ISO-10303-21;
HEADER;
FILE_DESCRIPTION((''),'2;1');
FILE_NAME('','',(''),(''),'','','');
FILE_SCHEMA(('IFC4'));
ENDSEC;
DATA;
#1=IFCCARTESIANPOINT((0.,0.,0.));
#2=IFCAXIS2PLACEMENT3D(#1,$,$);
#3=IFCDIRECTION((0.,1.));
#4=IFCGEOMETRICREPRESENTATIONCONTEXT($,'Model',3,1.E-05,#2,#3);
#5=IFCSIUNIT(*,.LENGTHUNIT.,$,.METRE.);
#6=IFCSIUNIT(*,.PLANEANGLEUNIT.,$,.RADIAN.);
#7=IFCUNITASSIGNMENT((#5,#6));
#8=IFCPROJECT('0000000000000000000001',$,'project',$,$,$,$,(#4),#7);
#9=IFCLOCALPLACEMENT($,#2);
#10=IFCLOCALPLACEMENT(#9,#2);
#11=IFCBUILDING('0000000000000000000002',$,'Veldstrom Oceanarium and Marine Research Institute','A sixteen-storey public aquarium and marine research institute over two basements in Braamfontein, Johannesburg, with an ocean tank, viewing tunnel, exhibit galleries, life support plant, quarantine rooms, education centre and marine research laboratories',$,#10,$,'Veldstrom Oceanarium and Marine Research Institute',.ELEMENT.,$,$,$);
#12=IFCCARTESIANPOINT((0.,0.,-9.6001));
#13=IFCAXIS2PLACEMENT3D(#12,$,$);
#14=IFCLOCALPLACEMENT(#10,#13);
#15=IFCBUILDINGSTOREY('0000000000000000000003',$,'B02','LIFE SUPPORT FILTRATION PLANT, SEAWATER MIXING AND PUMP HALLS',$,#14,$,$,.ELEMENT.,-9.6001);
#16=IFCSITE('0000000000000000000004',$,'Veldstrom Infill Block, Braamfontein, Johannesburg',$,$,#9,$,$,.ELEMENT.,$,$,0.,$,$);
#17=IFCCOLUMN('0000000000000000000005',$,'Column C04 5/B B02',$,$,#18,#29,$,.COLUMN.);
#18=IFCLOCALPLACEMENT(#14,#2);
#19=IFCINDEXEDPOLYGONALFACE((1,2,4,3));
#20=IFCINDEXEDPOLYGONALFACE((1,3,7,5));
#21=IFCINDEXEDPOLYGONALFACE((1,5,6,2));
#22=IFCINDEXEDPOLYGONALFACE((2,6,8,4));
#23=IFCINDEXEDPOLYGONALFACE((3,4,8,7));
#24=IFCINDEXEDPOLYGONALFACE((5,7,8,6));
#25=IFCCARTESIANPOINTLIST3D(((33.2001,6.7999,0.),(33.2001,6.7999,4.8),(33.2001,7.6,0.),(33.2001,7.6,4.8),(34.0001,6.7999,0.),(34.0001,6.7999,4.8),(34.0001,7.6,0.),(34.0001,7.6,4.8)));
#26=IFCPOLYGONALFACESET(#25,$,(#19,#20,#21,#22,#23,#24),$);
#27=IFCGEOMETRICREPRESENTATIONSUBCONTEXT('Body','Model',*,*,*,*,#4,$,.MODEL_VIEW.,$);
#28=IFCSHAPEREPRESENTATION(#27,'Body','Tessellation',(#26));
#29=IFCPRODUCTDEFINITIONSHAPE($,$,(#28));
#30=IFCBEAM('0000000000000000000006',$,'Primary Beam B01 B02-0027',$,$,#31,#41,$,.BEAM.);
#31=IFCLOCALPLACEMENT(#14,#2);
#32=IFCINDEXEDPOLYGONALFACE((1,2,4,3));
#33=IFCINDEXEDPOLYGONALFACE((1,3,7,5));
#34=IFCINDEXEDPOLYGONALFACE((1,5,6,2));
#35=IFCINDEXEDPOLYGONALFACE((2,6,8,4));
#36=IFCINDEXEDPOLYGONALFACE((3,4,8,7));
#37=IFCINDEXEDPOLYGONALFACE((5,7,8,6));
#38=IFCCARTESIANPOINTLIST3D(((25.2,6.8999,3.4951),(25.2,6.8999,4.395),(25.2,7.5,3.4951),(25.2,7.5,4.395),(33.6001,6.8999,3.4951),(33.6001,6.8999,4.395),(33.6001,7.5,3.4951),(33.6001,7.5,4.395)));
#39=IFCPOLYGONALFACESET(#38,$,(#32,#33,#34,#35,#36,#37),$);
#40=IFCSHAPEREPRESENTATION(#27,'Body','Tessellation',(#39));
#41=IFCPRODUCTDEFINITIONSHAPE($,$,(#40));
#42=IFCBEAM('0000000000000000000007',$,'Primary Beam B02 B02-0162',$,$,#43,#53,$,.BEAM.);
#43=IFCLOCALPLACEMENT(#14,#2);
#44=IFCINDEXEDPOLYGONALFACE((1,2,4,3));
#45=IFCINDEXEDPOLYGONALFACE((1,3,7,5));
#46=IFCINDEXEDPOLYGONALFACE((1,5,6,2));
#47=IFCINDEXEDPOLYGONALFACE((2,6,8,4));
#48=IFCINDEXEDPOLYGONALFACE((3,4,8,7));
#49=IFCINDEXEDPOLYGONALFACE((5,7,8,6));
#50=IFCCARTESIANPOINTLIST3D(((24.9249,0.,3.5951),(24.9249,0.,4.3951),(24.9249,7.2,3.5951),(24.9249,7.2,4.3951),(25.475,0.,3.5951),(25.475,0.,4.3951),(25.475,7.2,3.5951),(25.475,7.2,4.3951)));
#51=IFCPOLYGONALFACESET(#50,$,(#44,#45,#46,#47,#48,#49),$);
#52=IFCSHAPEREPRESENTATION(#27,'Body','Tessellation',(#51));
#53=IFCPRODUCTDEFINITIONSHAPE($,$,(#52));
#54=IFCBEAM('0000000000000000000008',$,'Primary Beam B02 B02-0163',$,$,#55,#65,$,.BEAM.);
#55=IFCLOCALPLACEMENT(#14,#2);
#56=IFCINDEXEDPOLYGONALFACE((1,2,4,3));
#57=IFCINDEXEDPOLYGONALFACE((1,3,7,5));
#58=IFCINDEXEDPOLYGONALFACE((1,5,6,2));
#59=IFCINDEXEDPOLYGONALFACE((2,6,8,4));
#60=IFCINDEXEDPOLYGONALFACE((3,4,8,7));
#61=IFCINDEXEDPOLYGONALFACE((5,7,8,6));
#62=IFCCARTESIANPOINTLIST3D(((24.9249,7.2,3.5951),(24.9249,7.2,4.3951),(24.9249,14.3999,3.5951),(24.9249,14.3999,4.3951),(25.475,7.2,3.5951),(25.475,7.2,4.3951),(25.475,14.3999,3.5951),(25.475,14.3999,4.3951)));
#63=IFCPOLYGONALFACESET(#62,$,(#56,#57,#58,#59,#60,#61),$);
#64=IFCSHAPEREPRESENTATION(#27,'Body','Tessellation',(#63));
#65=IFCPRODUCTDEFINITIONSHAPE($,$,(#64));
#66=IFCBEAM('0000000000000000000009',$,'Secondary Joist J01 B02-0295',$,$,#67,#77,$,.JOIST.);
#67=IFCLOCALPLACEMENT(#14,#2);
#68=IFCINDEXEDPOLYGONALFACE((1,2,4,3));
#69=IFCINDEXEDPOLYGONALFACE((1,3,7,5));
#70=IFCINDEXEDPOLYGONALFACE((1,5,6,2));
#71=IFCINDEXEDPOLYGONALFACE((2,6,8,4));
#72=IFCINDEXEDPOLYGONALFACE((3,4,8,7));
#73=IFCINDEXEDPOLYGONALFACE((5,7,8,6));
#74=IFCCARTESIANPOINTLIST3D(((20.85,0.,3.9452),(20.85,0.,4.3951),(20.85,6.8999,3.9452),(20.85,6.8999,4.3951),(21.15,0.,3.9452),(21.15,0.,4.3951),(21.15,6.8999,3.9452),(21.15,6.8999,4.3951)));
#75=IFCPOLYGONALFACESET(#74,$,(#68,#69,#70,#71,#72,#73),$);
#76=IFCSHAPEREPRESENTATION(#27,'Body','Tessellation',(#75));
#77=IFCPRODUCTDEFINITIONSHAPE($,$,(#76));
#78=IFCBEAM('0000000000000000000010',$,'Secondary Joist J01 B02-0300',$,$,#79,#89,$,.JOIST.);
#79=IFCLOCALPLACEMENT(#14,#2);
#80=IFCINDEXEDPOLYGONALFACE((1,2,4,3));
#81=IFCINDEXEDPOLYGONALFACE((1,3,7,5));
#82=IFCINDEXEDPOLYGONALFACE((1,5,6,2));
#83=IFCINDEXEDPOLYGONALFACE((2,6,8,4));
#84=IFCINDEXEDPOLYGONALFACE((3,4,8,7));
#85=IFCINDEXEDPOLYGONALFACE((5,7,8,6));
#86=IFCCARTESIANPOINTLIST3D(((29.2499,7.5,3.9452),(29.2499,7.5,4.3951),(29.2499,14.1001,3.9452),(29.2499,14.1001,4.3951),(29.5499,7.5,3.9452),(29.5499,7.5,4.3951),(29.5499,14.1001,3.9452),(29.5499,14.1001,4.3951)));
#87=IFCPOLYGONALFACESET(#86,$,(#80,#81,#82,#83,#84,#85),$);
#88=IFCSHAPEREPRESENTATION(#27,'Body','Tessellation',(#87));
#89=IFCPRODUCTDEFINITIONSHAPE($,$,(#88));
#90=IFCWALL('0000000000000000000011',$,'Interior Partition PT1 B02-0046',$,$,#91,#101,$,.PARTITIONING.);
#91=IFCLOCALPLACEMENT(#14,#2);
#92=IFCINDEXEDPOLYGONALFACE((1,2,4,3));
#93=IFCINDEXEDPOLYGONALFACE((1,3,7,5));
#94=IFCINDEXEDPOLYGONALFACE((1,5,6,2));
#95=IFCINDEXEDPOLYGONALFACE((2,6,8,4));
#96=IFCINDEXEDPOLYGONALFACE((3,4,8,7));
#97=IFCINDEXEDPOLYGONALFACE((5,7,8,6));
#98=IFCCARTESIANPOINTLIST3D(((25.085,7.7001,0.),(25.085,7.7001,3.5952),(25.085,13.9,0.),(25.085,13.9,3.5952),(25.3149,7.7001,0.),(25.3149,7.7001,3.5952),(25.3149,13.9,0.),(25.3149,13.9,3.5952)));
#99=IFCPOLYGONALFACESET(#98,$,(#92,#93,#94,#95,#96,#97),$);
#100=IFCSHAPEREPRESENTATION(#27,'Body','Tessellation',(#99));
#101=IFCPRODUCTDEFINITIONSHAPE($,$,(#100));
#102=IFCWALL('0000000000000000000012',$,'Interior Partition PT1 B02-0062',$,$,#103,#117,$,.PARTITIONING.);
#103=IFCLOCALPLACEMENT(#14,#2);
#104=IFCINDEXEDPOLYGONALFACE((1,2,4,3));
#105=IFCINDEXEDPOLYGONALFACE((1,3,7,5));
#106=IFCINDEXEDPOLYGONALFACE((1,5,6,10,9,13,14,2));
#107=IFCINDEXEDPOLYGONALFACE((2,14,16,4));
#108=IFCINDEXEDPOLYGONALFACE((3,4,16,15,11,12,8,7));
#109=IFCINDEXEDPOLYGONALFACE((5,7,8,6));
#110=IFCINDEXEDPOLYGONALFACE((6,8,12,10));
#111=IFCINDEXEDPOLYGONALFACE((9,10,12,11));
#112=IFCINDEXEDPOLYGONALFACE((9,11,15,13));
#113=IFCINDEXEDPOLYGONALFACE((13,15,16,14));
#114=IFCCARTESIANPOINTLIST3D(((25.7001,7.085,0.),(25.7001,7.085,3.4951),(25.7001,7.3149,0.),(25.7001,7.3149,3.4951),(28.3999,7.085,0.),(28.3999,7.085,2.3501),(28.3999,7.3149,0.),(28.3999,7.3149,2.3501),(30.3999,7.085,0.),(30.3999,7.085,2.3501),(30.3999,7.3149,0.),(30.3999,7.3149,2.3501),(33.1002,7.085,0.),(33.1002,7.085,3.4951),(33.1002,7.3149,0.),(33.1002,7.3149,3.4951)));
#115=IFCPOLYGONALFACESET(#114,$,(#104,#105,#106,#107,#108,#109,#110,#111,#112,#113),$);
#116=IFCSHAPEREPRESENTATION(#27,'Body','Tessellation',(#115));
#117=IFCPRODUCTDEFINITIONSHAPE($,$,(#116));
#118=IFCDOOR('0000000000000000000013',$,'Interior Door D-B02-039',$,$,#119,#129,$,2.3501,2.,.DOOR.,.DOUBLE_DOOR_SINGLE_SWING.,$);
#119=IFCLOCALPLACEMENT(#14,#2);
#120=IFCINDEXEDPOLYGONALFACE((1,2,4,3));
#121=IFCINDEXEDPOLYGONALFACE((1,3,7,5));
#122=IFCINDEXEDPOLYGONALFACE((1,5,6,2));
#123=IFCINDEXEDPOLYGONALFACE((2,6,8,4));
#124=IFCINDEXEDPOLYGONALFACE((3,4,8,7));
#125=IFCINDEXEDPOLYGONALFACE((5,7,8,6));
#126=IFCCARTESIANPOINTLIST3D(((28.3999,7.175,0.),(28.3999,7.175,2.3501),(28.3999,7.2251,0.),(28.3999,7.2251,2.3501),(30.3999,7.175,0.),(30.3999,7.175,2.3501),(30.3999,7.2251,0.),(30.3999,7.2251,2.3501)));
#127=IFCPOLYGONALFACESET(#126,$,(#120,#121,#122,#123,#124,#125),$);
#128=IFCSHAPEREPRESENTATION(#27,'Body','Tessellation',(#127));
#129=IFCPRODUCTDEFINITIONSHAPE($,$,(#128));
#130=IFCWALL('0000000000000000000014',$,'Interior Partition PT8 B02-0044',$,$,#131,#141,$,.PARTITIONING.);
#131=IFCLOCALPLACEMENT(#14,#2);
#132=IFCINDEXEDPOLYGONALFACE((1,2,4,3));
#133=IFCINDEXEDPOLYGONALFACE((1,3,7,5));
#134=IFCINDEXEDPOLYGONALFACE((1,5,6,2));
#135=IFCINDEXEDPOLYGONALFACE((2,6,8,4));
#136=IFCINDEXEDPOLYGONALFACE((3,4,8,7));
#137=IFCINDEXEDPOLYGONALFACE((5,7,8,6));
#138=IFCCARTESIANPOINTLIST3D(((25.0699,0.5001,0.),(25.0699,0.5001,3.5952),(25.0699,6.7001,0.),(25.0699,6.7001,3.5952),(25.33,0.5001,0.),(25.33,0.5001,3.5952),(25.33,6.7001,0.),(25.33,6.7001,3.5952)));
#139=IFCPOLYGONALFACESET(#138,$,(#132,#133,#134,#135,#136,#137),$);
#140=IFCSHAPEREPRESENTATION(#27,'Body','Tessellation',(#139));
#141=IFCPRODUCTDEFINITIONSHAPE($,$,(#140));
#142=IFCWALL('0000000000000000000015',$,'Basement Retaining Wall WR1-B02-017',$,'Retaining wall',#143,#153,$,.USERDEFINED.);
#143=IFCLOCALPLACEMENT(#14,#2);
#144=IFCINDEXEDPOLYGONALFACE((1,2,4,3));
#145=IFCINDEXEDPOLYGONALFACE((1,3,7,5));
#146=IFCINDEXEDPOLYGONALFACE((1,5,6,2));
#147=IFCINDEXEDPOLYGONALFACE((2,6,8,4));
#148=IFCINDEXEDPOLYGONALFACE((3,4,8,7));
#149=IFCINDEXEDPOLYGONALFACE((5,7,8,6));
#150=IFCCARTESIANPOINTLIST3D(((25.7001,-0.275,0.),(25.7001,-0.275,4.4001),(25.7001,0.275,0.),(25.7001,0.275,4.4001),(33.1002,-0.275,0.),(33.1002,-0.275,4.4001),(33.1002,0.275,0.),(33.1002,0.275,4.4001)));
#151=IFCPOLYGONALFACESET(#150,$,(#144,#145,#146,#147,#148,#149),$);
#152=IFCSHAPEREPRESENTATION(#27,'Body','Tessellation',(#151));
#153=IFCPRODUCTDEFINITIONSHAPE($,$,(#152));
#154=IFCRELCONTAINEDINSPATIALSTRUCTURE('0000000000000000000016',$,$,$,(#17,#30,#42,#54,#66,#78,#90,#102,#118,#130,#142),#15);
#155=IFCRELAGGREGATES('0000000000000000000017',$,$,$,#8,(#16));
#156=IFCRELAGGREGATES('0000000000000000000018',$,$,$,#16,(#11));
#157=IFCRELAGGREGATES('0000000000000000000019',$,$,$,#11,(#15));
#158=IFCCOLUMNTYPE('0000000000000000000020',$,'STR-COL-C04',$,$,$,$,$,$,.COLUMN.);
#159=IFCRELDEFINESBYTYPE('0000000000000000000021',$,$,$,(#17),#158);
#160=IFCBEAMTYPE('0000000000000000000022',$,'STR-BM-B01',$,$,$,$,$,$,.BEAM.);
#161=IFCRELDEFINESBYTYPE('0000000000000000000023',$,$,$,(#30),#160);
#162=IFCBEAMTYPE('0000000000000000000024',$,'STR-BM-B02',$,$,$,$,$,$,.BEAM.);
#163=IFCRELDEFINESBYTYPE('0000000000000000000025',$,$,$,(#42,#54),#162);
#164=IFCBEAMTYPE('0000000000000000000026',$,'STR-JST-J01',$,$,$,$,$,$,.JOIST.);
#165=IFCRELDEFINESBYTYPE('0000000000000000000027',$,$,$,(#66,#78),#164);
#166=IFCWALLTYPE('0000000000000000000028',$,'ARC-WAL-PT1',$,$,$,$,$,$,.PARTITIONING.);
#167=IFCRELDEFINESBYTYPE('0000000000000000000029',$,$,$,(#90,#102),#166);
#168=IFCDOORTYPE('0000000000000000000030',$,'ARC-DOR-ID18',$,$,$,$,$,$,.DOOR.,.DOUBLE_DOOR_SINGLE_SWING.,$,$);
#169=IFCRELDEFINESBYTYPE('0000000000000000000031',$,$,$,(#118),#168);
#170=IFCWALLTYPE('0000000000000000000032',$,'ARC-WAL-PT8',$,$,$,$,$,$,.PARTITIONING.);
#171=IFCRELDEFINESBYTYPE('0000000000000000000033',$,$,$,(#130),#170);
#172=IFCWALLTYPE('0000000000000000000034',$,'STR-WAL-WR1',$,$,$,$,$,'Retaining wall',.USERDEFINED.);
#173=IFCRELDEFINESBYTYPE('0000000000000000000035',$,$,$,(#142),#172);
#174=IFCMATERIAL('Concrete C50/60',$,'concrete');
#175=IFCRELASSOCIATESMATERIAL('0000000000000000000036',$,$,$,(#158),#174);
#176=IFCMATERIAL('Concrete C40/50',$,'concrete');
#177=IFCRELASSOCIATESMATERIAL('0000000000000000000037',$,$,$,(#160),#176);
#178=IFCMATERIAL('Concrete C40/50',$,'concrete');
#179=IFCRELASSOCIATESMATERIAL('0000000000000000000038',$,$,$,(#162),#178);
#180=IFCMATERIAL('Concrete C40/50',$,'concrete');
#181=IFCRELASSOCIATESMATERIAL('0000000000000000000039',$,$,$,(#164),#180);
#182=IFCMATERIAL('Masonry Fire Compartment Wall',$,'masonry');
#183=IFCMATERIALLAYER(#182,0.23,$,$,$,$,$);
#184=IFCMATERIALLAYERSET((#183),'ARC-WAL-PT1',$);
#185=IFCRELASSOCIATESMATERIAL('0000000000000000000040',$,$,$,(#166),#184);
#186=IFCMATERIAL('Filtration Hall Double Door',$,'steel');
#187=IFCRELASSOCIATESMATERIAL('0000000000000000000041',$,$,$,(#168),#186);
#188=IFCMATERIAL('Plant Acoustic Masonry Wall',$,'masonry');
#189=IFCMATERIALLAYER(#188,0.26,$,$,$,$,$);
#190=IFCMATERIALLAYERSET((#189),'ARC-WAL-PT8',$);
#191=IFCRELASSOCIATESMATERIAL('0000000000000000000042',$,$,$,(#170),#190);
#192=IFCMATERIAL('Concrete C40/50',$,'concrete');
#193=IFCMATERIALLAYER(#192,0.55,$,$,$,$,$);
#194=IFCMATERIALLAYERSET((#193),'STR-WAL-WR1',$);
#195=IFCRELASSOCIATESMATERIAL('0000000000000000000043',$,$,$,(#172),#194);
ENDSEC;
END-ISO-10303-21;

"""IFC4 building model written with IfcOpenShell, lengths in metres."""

from ifc_helpers import new_model, si_unit, direction, frame, frame_2d, origin, origin_2d, place, context, subcontext, project, spatial, rectangle, extrude, material, layer, layer_set, material_profile, profile_set, type_object, element, fill, save


model = new_model("IFC4")

# Units and contexts
model_context = context("Model", 3, precision=1e-05, world=origin(), true_north=direction((0.0, 1.0)))
body_context = subcontext(model_context, "Body", "Model", "MODEL_VIEW")
ifc_project = project(units=[si_unit("LENGTHUNIT", "METRE"), si_unit("PLANEANGLEUNIT", "RADIAN")], contexts=[model_context])

# Site, building, storey
site_placement = place(None, origin())
site = spatial("IfcSite", under=ifc_project, at=site_placement, Name="Veldstrom Infill Block, Braamfontein, Johannesburg", CompositionType="ELEMENT", RefElevation=0.0)
building_placement = place(site_placement, origin())
building = spatial("IfcBuilding", under=site, at=building_placement, Name="Veldstrom Oceanarium and Marine Research Institute", Description="A sixteen-storey public aquarium and marine research institute over two basements in Braamfontein, Johannesburg, with an ocean tank, viewing tunnel, exhibit galleries, life support plant, quarantine rooms, education centre and marine research laboratories", LongName="Veldstrom Oceanarium and Marine Research Institute", CompositionType="ELEMENT")
storey_placement = place(building_placement, frame((0.0, 0.0, -9.6001)))
storey = spatial("IfcBuildingStorey", under=building, at=storey_placement, Name="B02", Description="LIFE SUPPORT FILTRATION PLANT, SEAWATER MIXING AND PUMP HALLS", CompositionType="ELEMENT", Elevation=-9.6001)

# Column
ifc_material_1 = material(Name="Concrete C50/60", Category="concrete")
ifc_material_profile_1 = material_profile(ifc_material_1, rectangle(XDim=0.8, YDim=0.8, at=origin_2d()), Name="RC-COL-800x800")
ifc_profile_set_1 = profile_set([ifc_material_profile_1], Name="Concrete C50/60")
column_type = type_object("IfcColumnType", Name="STR-COL-C04", PredefinedType="COLUMN", material=ifc_profile_set_1)
for number, where, z_axis, x_axis, name in (
    (1, (33.6001, 7.2, 0.0), (0.0, 0.0, 1.0), (1.0, 0.0, 0.0), "Column C04 5/B B02"),
):
    element("IfcColumn", number, at=place(storey_placement, frame(where, z_axis=z_axis, x_axis=x_axis)), inside=storey, type_object=column_type, Name=name, PredefinedType="COLUMN", context=body_context, shape_type="SweptSolid", body=[
        extrude(rectangle(XDim=0.8, YDim=0.8, at=origin_2d()), origin(), (0.0, 0.0, 1.0), 4.8),
    ])

# Beams
ifc_material_2 = material(Name="Concrete C40/50", Category="concrete")
ifc_material_profile_2 = material_profile(ifc_material_2, rectangle(XDim=0.6001, YDim=0.8999, at=origin_2d()), Name="RC-BM-600x900")
ifc_profile_set_2 = profile_set([ifc_material_profile_2], Name="Concrete C40/50")
beam_type_1 = type_object("IfcBeamType", Name="STR-BM-B01", PredefinedType="BEAM", material=ifc_profile_set_2)
beam_1_placement = place(storey_placement, frame((25.2, 7.2, 3.9451), z_axis=(1.0, 0.0, 0.0), x_axis=(0.0, 1.0, 0.0)))
element("IfcBeam", 2, at=beam_1_placement, inside=storey, type_object=beam_type_1, Name="Primary Beam B01 B02-0027", PredefinedType="BEAM", context=body_context, shape_type="SweptSolid", body=[
    extrude(rectangle(XDim=0.6001, YDim=0.8999, at=origin_2d()), origin(), (0.0, 0.0, 1.0), 8.4001),
])
ifc_material_3 = material(Name="Concrete C40/50", Category="concrete")
ifc_material_profile_3 = material_profile(ifc_material_3, rectangle(XDim=0.55, YDim=0.8, at=origin_2d()), Name="RC-BM-550x800")
ifc_profile_set_3 = profile_set([ifc_material_profile_3], Name="Concrete C40/50")
beam_type_2 = type_object("IfcBeamType", Name="STR-BM-B02", PredefinedType="BEAM", material=ifc_profile_set_3)
for number, where, z_axis, x_axis, name in (
    (3, (25.2, 0.0, 3.9951), (0.0, 1.0, 0.0), (-1.0, 0.0, 0.0), "Primary Beam B02 B02-0162"),
    (4, (25.2, 7.2, 3.9951), (0.0, 1.0, 0.0), (-1.0, 0.0, 0.0), "Primary Beam B02 B02-0163"),
):
    element("IfcBeam", number, at=place(storey_placement, frame(where, z_axis=z_axis, x_axis=x_axis)), inside=storey, type_object=beam_type_2, Name=name, PredefinedType="BEAM", context=body_context, shape_type="SweptSolid", body=[
        extrude(rectangle(XDim=0.55, YDim=0.8, at=origin_2d()), origin(), (0.0, 0.0, 1.0), 7.2),
    ])
ifc_material_4 = material(Name="Concrete C40/50", Category="concrete")
ifc_material_profile_4 = material_profile(ifc_material_4, rectangle(XDim=0.3, YDim=0.45, at=origin_2d()), Name="RC-JST-300x450")
ifc_profile_set_4 = profile_set([ifc_material_profile_4], Name="Concrete C40/50")
beam_type_3 = type_object("IfcBeamType", Name="STR-JST-J01", PredefinedType="JOIST", material=ifc_profile_set_4)
beam_2_placement = place(storey_placement, frame((21.0, 0.0, 4.1702), z_axis=(0.0, 1.0, 0.0), x_axis=(-1.0, 0.0, 0.0)))
element("IfcBeam", 5, at=beam_2_placement, inside=storey, type_object=beam_type_3, Name="Secondary Joist J01 B02-0295", PredefinedType="JOIST", context=body_context, shape_type="SweptSolid", body=[
    extrude(rectangle(XDim=0.3, YDim=0.45, at=origin_2d()), origin(), (0.0, 0.0, 1.0), 6.8999),
])
beam_3_placement = place(storey_placement, frame((29.3999, 7.5, 4.1702), z_axis=(0.0, 1.0, 0.0), x_axis=(-1.0, 0.0, 0.0)))
element("IfcBeam", 6, at=beam_3_placement, inside=storey, type_object=beam_type_3, Name="Secondary Joist J01 B02-0300", PredefinedType="JOIST", context=body_context, shape_type="SweptSolid", body=[
    extrude(rectangle(XDim=0.3, YDim=0.45, at=origin_2d()), origin(), (0.0, 0.0, 1.0), 6.6001),
])

# Wall
ifc_material_5 = material(Name="Masonry Fire Compartment Wall", Category="masonry")
ifc_layer_1 = layer(ifc_material_5, 0.23)
ifc_layer_set_1 = layer_set([ifc_layer_1], Name="ARC-WAL-PT1")
wall_type_1 = type_object("IfcWallType", Name="ARC-WAL-PT1", PredefinedType="PARTITIONING", material=ifc_layer_set_1)
wall_1_placement = place(storey_placement, frame((25.2, 7.7, 0.0), z_axis=(0.0, 0.0, 1.0), x_axis=(0.0, 1.0, 0.0)))
element("IfcWall", 7, at=wall_1_placement, inside=storey, type_object=wall_type_1, Name="Interior Partition PT1 B02-0046", PredefinedType="PARTITIONING", context=body_context, shape_type="SweptSolid", body=[
    extrude(rectangle(XDim=6.2, YDim=0.23, at=frame_2d((3.1001, 0.0))), origin(), (0.0, 0.0, 1.0), 3.5952),
])

# Wall, opening, door
wall_2_placement = place(storey_placement, frame((25.7, 7.2, 0.0), z_axis=(0.0, 0.0, 1.0), x_axis=(1.0, 0.0, 0.0)))
wall_2 = element("IfcWall", 8, at=wall_2_placement, inside=storey, type_object=wall_type_1, Name="Interior Partition PT1 B02-0062", PredefinedType="PARTITIONING", context=body_context, shape_type="SweptSolid", body=[
    extrude(rectangle(XDim=7.4001, YDim=0.23, at=frame_2d((3.7002, 0.0))), origin(), (0.0, 0.0, 1.0), 3.4951),
])
opening_placement = place(wall_2_placement, frame((2.7, 0.0, 0.0)))
opening = element("IfcOpeningElement", 9, at=opening_placement, cuts=wall_2, PredefinedType="OPENING", context=body_context, shape_type="SweptSolid", body=[
    extrude(rectangle(XDim=2.0, YDim=2.3501, at=frame_2d((1.0, 1.175))), frame((0.0, 0.125, 0.0), z_axis=(0.0, -1.0, 0.0), x_axis=(1.0, 0.0, 0.0)), (0.0, 0.0, 1.0), 0.25),
])
ifc_material_6 = material(Name="Filtration Hall Double Door", Category="steel")
door_type = type_object("IfcDoorType", Name="ARC-DOR-ID18", OperationType="DOUBLE_DOOR_SINGLE_SWING", PredefinedType="DOOR", material=ifc_material_6)
door_placement = place(opening_placement, frame((2.0, 0.0, 0.0), z_axis=(0.0, 0.0, 1.0), x_axis=(-1.0, 0.0, 0.0)))
door = element("IfcDoor", 10, at=door_placement, inside=storey, type_object=door_type, Name="Interior Door D-B02-039", OperationType="DOUBLE_DOOR_SINGLE_SWING", OverallHeight=2.3501, OverallWidth=2.0, PredefinedType="DOOR", context=body_context, shape_type="SweptSolid", body=[
    extrude(rectangle(XDim=2.0, YDim=2.3501, at=frame_2d((1.0, 1.175))), frame((0.0, 0.0249, 0.0), z_axis=(0.0, -1.0, 0.0), x_axis=(1.0, 0.0, 0.0)), (0.0, 0.0, 1.0), 0.05),
])
fill(opening, door)

# Walls
ifc_material_7 = material(Name="Plant Acoustic Masonry Wall", Category="masonry")
ifc_layer_2 = layer(ifc_material_7, 0.26)
ifc_layer_set_2 = layer_set([ifc_layer_2], Name="ARC-WAL-PT8")
wall_type_2 = type_object("IfcWallType", Name="ARC-WAL-PT8", PredefinedType="PARTITIONING", material=ifc_layer_set_2)
wall_3_placement = place(storey_placement, frame((25.2, 0.5, 0.0), z_axis=(0.0, 0.0, 1.0), x_axis=(0.0, 1.0, 0.0)))
element("IfcWall", 11, at=wall_3_placement, inside=storey, type_object=wall_type_2, Name="Interior Partition PT8 B02-0044", PredefinedType="PARTITIONING", context=body_context, shape_type="SweptSolid", body=[
    extrude(rectangle(XDim=6.2, YDim=0.26, at=frame_2d((3.1001, 0.0))), origin(), (0.0, 0.0, 1.0), 3.5952),
])
ifc_material_8 = material(Name="Concrete C40/50", Category="concrete")
ifc_layer_3 = layer(ifc_material_8, 0.55)
ifc_layer_set_3 = layer_set([ifc_layer_3], Name="STR-WAL-WR1")
wall_type_3 = type_object("IfcWallType", Name="STR-WAL-WR1", ElementType="Retaining wall", PredefinedType="USERDEFINED", material=ifc_layer_set_3)
wall_4_placement = place(storey_placement, frame((25.7, 0.0, 0.0), z_axis=(0.0, 0.0, 1.0), x_axis=(1.0, 0.0, 0.0)))
element("IfcWall", 12, at=wall_4_placement, inside=storey, type_object=wall_type_3, Name="Basement Retaining Wall WR1-B02-017", ObjectType="Retaining wall", PredefinedType="USERDEFINED", context=body_context, shape_type="SweptSolid", body=[
    extrude(rectangle(XDim=7.4001, YDim=0.55, at=frame_2d((3.7002, 0.0))), origin(), (0.0, 0.0, 1.0), 4.4001),
])

save(model, "model.ifc")
